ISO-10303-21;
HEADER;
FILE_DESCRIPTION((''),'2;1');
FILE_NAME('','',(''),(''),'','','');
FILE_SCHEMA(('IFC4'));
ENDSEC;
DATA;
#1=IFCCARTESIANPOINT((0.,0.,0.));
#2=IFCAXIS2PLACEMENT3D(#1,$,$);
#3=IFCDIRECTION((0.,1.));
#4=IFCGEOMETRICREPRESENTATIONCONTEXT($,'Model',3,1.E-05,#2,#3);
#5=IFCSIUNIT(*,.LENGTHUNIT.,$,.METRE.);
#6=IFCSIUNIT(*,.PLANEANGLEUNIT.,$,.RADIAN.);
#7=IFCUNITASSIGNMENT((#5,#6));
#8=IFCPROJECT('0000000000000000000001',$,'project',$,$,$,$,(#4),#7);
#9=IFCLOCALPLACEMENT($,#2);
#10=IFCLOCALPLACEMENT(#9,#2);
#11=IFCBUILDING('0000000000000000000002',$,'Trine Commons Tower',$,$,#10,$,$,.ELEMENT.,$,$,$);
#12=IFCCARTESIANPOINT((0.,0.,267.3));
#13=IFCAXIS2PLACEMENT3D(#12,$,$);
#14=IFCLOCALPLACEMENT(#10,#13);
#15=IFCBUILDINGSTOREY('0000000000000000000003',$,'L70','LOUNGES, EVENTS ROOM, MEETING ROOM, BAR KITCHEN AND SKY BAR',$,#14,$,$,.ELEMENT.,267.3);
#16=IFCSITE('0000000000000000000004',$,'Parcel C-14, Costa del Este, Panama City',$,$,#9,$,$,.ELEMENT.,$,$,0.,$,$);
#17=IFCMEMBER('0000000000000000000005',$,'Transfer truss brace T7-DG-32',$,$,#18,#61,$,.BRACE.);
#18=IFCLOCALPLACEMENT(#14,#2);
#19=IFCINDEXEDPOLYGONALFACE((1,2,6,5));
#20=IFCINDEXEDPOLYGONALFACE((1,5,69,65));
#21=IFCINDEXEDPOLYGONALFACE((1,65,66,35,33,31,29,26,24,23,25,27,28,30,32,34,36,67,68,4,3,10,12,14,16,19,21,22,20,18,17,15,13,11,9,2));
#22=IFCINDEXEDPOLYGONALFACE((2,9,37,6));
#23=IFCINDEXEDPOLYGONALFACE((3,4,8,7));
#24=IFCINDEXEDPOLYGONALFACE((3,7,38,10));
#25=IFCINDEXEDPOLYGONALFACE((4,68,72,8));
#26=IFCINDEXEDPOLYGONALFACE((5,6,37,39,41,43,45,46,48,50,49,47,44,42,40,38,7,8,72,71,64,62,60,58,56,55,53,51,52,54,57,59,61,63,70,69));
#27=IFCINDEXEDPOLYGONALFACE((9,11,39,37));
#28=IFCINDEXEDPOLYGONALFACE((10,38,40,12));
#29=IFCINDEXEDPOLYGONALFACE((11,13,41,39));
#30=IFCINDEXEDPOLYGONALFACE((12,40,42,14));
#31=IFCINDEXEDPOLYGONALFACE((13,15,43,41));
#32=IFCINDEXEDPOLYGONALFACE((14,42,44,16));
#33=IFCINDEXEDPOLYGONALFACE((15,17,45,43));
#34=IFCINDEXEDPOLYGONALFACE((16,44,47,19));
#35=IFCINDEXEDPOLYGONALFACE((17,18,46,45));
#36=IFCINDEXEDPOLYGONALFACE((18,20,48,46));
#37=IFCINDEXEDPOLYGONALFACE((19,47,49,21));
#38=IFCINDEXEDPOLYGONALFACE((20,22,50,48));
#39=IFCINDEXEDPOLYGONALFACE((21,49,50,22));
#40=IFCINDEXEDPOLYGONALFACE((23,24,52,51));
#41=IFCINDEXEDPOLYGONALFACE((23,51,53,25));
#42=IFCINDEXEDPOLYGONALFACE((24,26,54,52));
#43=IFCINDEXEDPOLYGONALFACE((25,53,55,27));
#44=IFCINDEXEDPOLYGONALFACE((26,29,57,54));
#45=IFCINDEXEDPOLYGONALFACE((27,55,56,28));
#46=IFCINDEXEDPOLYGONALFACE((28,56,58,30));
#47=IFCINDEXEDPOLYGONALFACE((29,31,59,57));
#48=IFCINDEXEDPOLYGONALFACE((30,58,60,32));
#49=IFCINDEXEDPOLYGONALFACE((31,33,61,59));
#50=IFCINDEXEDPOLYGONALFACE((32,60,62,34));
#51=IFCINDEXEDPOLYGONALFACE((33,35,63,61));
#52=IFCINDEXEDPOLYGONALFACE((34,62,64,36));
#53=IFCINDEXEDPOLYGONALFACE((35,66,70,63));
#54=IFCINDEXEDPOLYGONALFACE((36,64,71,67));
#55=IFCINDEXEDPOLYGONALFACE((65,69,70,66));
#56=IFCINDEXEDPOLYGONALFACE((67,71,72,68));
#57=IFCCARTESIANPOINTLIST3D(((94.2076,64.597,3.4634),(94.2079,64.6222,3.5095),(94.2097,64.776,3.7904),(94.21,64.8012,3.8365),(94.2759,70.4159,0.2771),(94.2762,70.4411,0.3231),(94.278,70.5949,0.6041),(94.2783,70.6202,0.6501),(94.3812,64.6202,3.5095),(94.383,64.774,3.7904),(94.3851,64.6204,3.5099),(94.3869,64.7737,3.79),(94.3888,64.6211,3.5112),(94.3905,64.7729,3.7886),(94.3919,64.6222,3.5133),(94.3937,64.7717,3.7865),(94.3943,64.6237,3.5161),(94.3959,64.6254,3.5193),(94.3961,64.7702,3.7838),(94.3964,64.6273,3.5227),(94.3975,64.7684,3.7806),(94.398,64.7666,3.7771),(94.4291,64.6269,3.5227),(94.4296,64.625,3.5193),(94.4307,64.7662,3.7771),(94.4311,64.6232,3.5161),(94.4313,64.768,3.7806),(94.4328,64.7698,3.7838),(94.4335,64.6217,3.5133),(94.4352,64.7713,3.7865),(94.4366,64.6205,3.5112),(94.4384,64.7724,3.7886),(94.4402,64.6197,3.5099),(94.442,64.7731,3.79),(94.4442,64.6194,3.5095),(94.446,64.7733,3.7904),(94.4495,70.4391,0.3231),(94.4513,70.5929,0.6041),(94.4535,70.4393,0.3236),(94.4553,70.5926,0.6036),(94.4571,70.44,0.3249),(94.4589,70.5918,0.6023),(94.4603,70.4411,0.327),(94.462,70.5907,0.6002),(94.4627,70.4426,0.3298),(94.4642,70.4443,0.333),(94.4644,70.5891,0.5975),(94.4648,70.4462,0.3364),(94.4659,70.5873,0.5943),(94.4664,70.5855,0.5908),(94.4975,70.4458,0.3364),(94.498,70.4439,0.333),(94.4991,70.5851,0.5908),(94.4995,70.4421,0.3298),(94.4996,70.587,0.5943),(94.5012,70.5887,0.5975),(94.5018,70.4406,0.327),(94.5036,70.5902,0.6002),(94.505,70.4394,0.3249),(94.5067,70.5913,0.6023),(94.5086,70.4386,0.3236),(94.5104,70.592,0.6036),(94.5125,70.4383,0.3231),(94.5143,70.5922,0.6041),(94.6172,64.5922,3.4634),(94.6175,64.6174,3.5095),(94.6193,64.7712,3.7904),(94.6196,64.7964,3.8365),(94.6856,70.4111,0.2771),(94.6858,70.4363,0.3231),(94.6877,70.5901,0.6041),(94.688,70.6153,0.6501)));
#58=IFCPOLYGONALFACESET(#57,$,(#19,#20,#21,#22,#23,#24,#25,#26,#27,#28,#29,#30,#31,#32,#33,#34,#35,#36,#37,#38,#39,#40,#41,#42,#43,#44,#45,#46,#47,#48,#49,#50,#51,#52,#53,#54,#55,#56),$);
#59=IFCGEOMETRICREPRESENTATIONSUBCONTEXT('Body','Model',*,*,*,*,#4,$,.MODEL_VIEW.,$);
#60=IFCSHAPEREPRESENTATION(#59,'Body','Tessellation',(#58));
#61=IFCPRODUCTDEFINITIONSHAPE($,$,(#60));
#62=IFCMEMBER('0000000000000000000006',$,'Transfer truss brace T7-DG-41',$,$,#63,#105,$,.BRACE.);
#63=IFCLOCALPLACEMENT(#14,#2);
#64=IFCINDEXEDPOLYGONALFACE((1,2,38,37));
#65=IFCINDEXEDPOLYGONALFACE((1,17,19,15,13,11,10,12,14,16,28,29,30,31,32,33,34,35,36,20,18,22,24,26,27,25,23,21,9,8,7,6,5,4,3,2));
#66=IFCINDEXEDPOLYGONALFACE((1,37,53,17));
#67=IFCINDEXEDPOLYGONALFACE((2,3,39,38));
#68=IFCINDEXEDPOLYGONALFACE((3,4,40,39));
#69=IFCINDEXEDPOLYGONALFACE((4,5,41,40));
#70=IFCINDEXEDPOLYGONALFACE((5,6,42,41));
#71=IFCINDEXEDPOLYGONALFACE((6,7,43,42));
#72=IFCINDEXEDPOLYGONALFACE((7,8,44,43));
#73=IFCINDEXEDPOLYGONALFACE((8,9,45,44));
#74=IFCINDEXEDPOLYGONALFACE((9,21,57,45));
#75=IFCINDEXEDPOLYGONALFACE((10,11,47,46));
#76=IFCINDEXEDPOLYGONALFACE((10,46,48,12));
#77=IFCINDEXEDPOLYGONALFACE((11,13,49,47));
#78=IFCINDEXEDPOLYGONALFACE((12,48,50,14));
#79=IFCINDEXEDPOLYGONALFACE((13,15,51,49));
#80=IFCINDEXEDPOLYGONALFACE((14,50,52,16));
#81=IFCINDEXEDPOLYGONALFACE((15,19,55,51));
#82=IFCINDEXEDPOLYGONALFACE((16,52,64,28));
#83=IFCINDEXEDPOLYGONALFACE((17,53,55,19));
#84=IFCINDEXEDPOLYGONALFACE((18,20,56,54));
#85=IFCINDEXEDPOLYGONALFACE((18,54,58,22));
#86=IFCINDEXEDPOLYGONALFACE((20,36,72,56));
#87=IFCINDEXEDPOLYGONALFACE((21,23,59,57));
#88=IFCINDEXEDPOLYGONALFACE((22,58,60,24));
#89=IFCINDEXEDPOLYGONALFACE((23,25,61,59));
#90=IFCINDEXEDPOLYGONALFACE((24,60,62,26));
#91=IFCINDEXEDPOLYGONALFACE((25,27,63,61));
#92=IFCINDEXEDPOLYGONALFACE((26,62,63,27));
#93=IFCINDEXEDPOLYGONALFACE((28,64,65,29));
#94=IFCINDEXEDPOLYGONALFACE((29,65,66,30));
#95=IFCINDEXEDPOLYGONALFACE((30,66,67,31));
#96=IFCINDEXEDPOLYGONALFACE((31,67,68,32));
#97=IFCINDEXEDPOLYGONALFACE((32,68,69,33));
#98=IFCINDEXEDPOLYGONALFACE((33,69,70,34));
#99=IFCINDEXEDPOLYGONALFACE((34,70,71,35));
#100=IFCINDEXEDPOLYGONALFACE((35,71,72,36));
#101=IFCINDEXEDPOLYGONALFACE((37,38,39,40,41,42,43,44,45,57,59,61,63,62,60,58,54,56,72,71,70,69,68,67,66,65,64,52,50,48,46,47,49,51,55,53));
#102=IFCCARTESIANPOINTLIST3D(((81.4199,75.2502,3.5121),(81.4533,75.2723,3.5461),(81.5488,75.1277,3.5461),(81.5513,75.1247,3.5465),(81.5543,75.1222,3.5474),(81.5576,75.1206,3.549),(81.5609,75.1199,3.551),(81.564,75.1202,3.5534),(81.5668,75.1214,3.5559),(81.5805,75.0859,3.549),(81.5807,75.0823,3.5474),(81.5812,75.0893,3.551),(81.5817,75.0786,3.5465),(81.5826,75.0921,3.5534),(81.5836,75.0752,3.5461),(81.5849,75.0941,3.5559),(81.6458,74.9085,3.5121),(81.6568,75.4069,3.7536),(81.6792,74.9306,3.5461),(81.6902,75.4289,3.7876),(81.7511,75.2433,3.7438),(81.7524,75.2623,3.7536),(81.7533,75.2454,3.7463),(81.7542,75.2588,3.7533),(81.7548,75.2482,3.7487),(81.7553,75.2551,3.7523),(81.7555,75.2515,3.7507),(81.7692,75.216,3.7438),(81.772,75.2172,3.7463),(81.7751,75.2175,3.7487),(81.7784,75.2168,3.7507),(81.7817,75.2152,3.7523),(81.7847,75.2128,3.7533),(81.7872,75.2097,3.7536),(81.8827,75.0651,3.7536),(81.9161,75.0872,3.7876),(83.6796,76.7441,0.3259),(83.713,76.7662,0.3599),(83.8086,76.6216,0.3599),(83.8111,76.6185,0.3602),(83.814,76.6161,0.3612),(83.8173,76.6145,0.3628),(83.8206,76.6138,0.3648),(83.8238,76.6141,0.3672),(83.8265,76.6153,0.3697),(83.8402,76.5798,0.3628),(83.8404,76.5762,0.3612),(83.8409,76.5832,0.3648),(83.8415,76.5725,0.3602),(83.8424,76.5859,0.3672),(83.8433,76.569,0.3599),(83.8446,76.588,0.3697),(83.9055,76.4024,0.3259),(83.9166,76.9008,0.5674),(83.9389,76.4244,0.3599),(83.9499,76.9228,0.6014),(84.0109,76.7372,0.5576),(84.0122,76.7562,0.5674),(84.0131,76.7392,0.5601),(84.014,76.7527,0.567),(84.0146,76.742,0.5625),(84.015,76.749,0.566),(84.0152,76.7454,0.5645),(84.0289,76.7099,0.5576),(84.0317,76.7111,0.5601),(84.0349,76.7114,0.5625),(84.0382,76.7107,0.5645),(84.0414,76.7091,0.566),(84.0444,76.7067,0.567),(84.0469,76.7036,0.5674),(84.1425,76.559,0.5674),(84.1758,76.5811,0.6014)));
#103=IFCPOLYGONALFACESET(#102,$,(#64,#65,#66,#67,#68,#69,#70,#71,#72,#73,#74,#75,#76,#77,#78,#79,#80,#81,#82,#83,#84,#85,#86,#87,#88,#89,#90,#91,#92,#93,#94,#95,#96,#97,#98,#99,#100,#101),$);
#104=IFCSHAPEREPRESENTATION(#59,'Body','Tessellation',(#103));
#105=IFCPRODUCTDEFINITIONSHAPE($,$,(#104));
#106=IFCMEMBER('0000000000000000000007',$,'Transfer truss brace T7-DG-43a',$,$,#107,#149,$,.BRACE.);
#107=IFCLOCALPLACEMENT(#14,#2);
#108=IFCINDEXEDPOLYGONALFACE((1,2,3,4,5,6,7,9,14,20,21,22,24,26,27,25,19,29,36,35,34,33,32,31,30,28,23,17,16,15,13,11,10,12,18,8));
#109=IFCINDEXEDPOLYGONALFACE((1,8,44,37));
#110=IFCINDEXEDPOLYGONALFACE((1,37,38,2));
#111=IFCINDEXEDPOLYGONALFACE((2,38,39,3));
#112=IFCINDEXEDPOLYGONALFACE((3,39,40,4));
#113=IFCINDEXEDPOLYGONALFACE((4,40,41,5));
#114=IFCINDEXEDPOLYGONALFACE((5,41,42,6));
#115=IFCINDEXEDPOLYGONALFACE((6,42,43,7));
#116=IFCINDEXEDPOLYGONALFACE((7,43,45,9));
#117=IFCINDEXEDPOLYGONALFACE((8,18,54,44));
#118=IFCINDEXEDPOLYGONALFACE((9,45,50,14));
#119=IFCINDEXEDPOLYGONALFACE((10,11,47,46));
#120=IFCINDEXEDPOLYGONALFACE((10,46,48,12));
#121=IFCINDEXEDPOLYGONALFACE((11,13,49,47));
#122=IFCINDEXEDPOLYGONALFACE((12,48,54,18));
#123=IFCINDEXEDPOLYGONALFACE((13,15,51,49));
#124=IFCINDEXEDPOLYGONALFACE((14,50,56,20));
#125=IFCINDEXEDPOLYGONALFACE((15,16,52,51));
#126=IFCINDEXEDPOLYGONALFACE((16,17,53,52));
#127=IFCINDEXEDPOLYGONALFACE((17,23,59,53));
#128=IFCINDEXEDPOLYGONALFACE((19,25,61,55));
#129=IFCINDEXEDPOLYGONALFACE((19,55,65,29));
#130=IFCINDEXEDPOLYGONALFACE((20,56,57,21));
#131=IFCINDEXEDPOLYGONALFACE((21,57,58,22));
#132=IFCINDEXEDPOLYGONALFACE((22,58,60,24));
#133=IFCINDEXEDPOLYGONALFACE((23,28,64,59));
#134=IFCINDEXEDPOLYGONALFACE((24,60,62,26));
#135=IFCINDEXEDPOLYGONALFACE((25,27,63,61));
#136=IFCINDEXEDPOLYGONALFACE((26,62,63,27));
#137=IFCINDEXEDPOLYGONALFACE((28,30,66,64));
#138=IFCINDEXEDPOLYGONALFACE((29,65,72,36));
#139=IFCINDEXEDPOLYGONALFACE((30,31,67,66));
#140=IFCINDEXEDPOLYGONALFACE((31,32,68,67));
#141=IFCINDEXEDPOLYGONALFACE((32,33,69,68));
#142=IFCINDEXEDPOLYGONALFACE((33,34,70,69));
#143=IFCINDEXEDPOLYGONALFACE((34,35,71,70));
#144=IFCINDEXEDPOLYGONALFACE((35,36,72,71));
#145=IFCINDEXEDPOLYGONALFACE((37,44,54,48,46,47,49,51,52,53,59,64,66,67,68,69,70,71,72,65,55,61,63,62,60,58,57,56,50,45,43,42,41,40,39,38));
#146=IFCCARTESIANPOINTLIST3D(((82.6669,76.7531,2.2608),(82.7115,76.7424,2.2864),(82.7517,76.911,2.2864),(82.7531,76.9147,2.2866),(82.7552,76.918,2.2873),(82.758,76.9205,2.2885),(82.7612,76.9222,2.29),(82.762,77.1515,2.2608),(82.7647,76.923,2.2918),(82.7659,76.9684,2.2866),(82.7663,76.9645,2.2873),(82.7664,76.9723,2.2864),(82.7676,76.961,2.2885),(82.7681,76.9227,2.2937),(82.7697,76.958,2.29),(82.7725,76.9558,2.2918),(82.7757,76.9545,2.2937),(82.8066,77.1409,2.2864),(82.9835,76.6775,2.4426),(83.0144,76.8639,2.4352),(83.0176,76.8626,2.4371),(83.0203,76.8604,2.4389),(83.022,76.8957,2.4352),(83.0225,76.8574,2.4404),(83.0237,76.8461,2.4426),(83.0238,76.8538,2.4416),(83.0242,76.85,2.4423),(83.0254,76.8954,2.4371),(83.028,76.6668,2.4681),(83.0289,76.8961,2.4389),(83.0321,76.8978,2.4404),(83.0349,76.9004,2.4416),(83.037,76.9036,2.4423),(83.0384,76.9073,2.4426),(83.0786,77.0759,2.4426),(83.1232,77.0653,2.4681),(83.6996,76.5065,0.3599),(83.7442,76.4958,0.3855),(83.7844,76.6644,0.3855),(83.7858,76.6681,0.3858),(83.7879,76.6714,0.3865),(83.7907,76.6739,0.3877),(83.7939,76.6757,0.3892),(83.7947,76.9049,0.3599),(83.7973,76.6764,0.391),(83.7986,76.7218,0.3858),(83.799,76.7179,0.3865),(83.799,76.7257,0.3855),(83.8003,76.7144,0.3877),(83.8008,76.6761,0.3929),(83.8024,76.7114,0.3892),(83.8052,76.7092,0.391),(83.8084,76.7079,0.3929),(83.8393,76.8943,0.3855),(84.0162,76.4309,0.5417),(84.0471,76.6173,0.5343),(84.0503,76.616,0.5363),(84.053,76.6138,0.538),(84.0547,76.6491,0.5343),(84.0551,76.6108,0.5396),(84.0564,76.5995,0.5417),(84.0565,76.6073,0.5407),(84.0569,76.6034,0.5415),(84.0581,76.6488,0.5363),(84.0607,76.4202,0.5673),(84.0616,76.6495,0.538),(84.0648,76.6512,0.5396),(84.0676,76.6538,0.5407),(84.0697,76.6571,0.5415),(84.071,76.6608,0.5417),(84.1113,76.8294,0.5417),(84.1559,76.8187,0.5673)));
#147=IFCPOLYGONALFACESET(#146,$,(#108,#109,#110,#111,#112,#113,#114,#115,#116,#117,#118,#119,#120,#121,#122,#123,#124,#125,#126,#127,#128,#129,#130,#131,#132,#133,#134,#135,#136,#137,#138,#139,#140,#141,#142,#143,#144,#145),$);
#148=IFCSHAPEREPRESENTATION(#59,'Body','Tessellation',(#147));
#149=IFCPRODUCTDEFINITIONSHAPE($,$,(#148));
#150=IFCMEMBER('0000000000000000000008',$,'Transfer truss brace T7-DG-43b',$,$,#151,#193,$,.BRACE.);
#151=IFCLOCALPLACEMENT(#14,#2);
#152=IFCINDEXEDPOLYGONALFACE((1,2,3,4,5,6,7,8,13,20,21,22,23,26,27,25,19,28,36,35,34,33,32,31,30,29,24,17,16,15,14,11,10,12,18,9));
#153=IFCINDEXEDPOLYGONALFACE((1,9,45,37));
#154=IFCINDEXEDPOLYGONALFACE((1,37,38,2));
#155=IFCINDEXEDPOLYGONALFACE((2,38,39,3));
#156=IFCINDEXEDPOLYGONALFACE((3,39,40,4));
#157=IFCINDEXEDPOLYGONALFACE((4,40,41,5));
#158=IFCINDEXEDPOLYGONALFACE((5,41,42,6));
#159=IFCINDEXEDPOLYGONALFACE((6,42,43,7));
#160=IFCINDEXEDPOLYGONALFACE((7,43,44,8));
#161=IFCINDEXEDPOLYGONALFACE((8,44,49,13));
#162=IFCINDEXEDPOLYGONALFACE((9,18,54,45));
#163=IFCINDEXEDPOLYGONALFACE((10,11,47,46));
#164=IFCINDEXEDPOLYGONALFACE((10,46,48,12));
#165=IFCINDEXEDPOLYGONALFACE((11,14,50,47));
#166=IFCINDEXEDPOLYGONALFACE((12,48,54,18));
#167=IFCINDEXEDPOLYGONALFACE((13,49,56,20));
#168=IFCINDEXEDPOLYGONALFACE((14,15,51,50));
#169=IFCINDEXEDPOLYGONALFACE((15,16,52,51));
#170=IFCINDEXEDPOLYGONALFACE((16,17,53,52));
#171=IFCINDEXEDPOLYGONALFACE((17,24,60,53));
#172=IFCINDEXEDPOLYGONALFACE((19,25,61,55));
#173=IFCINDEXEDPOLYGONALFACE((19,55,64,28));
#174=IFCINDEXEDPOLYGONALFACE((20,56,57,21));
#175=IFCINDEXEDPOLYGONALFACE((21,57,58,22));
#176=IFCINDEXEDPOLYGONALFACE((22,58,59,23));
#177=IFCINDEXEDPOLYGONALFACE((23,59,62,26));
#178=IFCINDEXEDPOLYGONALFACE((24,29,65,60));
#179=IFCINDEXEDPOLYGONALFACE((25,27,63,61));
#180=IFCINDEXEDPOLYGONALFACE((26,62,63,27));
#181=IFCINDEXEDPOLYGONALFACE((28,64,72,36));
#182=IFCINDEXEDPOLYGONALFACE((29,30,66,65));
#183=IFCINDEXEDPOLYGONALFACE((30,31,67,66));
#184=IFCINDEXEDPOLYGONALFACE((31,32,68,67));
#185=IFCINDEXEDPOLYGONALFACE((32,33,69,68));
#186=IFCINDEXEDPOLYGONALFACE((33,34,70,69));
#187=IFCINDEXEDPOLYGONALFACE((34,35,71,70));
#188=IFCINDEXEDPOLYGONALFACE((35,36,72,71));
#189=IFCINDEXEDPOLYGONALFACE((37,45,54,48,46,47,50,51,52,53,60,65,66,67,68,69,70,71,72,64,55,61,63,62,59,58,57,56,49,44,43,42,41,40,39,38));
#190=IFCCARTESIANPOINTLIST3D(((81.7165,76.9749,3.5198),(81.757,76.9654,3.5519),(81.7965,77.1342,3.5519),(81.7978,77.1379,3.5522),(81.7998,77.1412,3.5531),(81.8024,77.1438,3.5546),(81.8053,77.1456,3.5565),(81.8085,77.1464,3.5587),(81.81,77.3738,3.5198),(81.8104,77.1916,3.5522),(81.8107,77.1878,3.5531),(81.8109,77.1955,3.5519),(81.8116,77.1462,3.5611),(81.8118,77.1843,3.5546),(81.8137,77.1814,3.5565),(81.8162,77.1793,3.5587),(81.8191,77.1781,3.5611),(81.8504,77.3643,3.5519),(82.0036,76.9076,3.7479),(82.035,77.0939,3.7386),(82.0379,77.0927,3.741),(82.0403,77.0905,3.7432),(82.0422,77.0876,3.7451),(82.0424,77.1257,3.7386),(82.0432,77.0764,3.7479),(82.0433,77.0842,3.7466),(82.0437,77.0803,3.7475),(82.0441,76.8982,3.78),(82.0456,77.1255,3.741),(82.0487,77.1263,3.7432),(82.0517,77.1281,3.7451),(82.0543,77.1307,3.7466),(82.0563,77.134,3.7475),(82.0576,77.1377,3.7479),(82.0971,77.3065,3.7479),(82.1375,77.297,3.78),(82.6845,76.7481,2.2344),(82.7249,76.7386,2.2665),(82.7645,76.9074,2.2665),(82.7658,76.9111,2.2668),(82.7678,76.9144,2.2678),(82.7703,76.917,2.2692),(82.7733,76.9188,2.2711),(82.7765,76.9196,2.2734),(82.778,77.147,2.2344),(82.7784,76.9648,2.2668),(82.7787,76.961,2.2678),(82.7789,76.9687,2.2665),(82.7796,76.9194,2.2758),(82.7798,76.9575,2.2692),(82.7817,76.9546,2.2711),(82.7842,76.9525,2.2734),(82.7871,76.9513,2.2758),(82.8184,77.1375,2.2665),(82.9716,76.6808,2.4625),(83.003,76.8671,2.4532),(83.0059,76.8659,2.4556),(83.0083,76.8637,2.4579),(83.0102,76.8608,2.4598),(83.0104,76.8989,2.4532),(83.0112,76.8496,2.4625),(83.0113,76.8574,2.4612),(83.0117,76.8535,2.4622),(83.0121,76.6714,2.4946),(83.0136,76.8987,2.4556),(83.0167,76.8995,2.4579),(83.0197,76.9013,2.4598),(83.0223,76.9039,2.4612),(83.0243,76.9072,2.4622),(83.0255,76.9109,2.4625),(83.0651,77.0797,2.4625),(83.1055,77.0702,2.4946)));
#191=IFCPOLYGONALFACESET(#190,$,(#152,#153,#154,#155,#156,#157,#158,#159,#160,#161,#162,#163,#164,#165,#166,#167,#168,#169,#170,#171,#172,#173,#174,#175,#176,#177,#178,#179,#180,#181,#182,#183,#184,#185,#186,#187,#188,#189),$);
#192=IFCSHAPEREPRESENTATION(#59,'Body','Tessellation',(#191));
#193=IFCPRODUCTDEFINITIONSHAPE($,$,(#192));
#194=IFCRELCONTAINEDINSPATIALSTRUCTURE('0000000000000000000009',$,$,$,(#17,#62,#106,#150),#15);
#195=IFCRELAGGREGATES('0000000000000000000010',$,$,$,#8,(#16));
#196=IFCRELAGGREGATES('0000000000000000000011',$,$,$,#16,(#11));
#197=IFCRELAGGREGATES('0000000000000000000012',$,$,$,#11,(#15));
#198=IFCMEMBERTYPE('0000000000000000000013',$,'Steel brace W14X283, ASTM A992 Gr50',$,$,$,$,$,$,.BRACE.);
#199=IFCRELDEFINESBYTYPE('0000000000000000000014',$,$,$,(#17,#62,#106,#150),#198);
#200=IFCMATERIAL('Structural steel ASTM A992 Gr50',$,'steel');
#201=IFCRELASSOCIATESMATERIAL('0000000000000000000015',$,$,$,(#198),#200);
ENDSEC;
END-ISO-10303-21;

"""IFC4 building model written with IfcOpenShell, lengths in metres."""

from ifc_helpers import new_model, si_unit, direction, frame, origin, origin_2d, place, context, subcontext, project, spatial, i_section, extrude, material, material_profile, profile_set, type_object, element, save


model = new_model("IFC4")

# Units and contexts
model_context = context("Model", 3, precision=1e-05, world=origin(), true_north=direction((0.0, 1.0)))
body_context = subcontext(model_context, "Body", "Model", "MODEL_VIEW")
ifc_project = project(units=[si_unit("LENGTHUNIT", "METRE"), si_unit("PLANEANGLEUNIT", "RADIAN")], contexts=[model_context])

# Site, building, storey
site_placement = place(None, origin())
site = spatial("IfcSite", under=ifc_project, at=site_placement, Name="Parcel C-14, Costa del Este, Panama City", CompositionType="ELEMENT", RefElevation=0.0)
building_placement = place(site_placement, origin())
building = spatial("IfcBuilding", under=site, at=building_placement, Name="Trine Commons Tower", CompositionType="ELEMENT")
storey_placement = place(building_placement, frame((0.0, 0.0, 267.3)))
storey = spatial("IfcBuildingStorey", under=building, at=storey_placement, Name="L70", Description="LOUNGES, EVENTS ROOM, MEETING ROOM, BAR KITCHEN AND SKY BAR", CompositionType="ELEMENT", Elevation=267.3)

# Shared definitions
ifc_material_1 = material(Name="Structural steel ASTM A992 Gr50", Category="steel")

# Members
ifc_material_profile_1 = material_profile(ifc_material_1, i_section(OverallWidth=0.4097, OverallDepth=0.4253, WebThickness=0.0327, FlangeThickness=0.0525, FilletRadius=0.0151, at=origin_2d()), Name="W14X283")
ifc_profile_set_1 = profile_set([ifc_material_profile_1], Name="Structural steel ASTM A992 Gr50")
member_type_1 = type_object("IfcMemberType", Name="Steel brace W14X283, ASTM A992 Gr50", PredefinedType="BRACE", material=ifc_profile_set_1)
member_1_placement = place(storey_placement, frame((94.4819, 70.5156, 0.4636), z_axis=(-0.010304, -0.877064, 0.480262), x_axis=(0.999931, -0.011747, 0.0)))
element("IfcMember", 1, at=member_1_placement, inside=storey, type_object=member_type_1, Name="Transfer truss brace T7-DG-32", PredefinedType="BRACE", context=body_context, shape_type="SweptSolid", body=[
    extrude(i_section(OverallWidth=0.4097, OverallDepth=0.4253, WebThickness=0.0327, FlangeThickness=0.0525, FilletRadius=0.0151, at=origin_2d()), origin(), (0.0, 0.0, 1.0), 6.6345),
])
member_2_placement = place(storey_placement, frame((83.9277, 76.6626, 0.4636), z_axis=(-0.540332, -0.357205, 0.76187), x_axis=(0.551472, -0.834193, 0.0)))
element("IfcMember", 2, at=member_2_placement, inside=storey, type_object=member_type_1, Name="Transfer truss brace T7-DG-41", PredefinedType="BRACE", context=body_context, shape_type="SweptSolid", body=[
    extrude(i_section(OverallWidth=0.4097, OverallDepth=0.4253, WebThickness=0.0327, FlangeThickness=0.0525, FilletRadius=0.0151, at=origin_2d()), origin(), (0.0, 0.0, 1.0), 4.1821),
])
member_3_placement = place(storey_placement, frame((83.9277, 76.6626, 0.4636), z_axis=(-0.474309, 0.113251, 0.873043), x_axis=(-0.232242, -0.972658, 0.0)))
element("IfcMember", 3, at=member_3_placement, inside=storey, type_object=member_type_1, Name="Transfer truss brace T7-DG-43a", PredefinedType="BRACE", context=body_context, shape_type="SweptSolid", body=[
    extrude(i_section(OverallWidth=0.4097, OverallDepth=0.4253, WebThickness=0.0327, FlangeThickness=0.0525, FilletRadius=0.0151, at=origin_2d()), origin(), (0.0, 0.0, 1.0), 2.1772),
])
member_4_placement = place(storey_placement, frame((82.895, 76.9092, 2.3645), z_axis=(-0.595689, 0.13957, 0.790996), x_axis=(-0.228122, -0.973633, 0.0)))
element("IfcMember", 4, at=member_4_placement, inside=storey, type_object=member_type_1, Name="Transfer truss brace T7-DG-43b", PredefinedType="BRACE", context=body_context, shape_type="SweptSolid", body=[
    extrude(i_section(OverallWidth=0.4097, OverallDepth=0.4253, WebThickness=0.0327, FlangeThickness=0.0525, FilletRadius=0.0151, at=origin_2d()), origin(), (0.0, 0.0, 1.0), 1.625),
])

save(model, "model.ifc")
